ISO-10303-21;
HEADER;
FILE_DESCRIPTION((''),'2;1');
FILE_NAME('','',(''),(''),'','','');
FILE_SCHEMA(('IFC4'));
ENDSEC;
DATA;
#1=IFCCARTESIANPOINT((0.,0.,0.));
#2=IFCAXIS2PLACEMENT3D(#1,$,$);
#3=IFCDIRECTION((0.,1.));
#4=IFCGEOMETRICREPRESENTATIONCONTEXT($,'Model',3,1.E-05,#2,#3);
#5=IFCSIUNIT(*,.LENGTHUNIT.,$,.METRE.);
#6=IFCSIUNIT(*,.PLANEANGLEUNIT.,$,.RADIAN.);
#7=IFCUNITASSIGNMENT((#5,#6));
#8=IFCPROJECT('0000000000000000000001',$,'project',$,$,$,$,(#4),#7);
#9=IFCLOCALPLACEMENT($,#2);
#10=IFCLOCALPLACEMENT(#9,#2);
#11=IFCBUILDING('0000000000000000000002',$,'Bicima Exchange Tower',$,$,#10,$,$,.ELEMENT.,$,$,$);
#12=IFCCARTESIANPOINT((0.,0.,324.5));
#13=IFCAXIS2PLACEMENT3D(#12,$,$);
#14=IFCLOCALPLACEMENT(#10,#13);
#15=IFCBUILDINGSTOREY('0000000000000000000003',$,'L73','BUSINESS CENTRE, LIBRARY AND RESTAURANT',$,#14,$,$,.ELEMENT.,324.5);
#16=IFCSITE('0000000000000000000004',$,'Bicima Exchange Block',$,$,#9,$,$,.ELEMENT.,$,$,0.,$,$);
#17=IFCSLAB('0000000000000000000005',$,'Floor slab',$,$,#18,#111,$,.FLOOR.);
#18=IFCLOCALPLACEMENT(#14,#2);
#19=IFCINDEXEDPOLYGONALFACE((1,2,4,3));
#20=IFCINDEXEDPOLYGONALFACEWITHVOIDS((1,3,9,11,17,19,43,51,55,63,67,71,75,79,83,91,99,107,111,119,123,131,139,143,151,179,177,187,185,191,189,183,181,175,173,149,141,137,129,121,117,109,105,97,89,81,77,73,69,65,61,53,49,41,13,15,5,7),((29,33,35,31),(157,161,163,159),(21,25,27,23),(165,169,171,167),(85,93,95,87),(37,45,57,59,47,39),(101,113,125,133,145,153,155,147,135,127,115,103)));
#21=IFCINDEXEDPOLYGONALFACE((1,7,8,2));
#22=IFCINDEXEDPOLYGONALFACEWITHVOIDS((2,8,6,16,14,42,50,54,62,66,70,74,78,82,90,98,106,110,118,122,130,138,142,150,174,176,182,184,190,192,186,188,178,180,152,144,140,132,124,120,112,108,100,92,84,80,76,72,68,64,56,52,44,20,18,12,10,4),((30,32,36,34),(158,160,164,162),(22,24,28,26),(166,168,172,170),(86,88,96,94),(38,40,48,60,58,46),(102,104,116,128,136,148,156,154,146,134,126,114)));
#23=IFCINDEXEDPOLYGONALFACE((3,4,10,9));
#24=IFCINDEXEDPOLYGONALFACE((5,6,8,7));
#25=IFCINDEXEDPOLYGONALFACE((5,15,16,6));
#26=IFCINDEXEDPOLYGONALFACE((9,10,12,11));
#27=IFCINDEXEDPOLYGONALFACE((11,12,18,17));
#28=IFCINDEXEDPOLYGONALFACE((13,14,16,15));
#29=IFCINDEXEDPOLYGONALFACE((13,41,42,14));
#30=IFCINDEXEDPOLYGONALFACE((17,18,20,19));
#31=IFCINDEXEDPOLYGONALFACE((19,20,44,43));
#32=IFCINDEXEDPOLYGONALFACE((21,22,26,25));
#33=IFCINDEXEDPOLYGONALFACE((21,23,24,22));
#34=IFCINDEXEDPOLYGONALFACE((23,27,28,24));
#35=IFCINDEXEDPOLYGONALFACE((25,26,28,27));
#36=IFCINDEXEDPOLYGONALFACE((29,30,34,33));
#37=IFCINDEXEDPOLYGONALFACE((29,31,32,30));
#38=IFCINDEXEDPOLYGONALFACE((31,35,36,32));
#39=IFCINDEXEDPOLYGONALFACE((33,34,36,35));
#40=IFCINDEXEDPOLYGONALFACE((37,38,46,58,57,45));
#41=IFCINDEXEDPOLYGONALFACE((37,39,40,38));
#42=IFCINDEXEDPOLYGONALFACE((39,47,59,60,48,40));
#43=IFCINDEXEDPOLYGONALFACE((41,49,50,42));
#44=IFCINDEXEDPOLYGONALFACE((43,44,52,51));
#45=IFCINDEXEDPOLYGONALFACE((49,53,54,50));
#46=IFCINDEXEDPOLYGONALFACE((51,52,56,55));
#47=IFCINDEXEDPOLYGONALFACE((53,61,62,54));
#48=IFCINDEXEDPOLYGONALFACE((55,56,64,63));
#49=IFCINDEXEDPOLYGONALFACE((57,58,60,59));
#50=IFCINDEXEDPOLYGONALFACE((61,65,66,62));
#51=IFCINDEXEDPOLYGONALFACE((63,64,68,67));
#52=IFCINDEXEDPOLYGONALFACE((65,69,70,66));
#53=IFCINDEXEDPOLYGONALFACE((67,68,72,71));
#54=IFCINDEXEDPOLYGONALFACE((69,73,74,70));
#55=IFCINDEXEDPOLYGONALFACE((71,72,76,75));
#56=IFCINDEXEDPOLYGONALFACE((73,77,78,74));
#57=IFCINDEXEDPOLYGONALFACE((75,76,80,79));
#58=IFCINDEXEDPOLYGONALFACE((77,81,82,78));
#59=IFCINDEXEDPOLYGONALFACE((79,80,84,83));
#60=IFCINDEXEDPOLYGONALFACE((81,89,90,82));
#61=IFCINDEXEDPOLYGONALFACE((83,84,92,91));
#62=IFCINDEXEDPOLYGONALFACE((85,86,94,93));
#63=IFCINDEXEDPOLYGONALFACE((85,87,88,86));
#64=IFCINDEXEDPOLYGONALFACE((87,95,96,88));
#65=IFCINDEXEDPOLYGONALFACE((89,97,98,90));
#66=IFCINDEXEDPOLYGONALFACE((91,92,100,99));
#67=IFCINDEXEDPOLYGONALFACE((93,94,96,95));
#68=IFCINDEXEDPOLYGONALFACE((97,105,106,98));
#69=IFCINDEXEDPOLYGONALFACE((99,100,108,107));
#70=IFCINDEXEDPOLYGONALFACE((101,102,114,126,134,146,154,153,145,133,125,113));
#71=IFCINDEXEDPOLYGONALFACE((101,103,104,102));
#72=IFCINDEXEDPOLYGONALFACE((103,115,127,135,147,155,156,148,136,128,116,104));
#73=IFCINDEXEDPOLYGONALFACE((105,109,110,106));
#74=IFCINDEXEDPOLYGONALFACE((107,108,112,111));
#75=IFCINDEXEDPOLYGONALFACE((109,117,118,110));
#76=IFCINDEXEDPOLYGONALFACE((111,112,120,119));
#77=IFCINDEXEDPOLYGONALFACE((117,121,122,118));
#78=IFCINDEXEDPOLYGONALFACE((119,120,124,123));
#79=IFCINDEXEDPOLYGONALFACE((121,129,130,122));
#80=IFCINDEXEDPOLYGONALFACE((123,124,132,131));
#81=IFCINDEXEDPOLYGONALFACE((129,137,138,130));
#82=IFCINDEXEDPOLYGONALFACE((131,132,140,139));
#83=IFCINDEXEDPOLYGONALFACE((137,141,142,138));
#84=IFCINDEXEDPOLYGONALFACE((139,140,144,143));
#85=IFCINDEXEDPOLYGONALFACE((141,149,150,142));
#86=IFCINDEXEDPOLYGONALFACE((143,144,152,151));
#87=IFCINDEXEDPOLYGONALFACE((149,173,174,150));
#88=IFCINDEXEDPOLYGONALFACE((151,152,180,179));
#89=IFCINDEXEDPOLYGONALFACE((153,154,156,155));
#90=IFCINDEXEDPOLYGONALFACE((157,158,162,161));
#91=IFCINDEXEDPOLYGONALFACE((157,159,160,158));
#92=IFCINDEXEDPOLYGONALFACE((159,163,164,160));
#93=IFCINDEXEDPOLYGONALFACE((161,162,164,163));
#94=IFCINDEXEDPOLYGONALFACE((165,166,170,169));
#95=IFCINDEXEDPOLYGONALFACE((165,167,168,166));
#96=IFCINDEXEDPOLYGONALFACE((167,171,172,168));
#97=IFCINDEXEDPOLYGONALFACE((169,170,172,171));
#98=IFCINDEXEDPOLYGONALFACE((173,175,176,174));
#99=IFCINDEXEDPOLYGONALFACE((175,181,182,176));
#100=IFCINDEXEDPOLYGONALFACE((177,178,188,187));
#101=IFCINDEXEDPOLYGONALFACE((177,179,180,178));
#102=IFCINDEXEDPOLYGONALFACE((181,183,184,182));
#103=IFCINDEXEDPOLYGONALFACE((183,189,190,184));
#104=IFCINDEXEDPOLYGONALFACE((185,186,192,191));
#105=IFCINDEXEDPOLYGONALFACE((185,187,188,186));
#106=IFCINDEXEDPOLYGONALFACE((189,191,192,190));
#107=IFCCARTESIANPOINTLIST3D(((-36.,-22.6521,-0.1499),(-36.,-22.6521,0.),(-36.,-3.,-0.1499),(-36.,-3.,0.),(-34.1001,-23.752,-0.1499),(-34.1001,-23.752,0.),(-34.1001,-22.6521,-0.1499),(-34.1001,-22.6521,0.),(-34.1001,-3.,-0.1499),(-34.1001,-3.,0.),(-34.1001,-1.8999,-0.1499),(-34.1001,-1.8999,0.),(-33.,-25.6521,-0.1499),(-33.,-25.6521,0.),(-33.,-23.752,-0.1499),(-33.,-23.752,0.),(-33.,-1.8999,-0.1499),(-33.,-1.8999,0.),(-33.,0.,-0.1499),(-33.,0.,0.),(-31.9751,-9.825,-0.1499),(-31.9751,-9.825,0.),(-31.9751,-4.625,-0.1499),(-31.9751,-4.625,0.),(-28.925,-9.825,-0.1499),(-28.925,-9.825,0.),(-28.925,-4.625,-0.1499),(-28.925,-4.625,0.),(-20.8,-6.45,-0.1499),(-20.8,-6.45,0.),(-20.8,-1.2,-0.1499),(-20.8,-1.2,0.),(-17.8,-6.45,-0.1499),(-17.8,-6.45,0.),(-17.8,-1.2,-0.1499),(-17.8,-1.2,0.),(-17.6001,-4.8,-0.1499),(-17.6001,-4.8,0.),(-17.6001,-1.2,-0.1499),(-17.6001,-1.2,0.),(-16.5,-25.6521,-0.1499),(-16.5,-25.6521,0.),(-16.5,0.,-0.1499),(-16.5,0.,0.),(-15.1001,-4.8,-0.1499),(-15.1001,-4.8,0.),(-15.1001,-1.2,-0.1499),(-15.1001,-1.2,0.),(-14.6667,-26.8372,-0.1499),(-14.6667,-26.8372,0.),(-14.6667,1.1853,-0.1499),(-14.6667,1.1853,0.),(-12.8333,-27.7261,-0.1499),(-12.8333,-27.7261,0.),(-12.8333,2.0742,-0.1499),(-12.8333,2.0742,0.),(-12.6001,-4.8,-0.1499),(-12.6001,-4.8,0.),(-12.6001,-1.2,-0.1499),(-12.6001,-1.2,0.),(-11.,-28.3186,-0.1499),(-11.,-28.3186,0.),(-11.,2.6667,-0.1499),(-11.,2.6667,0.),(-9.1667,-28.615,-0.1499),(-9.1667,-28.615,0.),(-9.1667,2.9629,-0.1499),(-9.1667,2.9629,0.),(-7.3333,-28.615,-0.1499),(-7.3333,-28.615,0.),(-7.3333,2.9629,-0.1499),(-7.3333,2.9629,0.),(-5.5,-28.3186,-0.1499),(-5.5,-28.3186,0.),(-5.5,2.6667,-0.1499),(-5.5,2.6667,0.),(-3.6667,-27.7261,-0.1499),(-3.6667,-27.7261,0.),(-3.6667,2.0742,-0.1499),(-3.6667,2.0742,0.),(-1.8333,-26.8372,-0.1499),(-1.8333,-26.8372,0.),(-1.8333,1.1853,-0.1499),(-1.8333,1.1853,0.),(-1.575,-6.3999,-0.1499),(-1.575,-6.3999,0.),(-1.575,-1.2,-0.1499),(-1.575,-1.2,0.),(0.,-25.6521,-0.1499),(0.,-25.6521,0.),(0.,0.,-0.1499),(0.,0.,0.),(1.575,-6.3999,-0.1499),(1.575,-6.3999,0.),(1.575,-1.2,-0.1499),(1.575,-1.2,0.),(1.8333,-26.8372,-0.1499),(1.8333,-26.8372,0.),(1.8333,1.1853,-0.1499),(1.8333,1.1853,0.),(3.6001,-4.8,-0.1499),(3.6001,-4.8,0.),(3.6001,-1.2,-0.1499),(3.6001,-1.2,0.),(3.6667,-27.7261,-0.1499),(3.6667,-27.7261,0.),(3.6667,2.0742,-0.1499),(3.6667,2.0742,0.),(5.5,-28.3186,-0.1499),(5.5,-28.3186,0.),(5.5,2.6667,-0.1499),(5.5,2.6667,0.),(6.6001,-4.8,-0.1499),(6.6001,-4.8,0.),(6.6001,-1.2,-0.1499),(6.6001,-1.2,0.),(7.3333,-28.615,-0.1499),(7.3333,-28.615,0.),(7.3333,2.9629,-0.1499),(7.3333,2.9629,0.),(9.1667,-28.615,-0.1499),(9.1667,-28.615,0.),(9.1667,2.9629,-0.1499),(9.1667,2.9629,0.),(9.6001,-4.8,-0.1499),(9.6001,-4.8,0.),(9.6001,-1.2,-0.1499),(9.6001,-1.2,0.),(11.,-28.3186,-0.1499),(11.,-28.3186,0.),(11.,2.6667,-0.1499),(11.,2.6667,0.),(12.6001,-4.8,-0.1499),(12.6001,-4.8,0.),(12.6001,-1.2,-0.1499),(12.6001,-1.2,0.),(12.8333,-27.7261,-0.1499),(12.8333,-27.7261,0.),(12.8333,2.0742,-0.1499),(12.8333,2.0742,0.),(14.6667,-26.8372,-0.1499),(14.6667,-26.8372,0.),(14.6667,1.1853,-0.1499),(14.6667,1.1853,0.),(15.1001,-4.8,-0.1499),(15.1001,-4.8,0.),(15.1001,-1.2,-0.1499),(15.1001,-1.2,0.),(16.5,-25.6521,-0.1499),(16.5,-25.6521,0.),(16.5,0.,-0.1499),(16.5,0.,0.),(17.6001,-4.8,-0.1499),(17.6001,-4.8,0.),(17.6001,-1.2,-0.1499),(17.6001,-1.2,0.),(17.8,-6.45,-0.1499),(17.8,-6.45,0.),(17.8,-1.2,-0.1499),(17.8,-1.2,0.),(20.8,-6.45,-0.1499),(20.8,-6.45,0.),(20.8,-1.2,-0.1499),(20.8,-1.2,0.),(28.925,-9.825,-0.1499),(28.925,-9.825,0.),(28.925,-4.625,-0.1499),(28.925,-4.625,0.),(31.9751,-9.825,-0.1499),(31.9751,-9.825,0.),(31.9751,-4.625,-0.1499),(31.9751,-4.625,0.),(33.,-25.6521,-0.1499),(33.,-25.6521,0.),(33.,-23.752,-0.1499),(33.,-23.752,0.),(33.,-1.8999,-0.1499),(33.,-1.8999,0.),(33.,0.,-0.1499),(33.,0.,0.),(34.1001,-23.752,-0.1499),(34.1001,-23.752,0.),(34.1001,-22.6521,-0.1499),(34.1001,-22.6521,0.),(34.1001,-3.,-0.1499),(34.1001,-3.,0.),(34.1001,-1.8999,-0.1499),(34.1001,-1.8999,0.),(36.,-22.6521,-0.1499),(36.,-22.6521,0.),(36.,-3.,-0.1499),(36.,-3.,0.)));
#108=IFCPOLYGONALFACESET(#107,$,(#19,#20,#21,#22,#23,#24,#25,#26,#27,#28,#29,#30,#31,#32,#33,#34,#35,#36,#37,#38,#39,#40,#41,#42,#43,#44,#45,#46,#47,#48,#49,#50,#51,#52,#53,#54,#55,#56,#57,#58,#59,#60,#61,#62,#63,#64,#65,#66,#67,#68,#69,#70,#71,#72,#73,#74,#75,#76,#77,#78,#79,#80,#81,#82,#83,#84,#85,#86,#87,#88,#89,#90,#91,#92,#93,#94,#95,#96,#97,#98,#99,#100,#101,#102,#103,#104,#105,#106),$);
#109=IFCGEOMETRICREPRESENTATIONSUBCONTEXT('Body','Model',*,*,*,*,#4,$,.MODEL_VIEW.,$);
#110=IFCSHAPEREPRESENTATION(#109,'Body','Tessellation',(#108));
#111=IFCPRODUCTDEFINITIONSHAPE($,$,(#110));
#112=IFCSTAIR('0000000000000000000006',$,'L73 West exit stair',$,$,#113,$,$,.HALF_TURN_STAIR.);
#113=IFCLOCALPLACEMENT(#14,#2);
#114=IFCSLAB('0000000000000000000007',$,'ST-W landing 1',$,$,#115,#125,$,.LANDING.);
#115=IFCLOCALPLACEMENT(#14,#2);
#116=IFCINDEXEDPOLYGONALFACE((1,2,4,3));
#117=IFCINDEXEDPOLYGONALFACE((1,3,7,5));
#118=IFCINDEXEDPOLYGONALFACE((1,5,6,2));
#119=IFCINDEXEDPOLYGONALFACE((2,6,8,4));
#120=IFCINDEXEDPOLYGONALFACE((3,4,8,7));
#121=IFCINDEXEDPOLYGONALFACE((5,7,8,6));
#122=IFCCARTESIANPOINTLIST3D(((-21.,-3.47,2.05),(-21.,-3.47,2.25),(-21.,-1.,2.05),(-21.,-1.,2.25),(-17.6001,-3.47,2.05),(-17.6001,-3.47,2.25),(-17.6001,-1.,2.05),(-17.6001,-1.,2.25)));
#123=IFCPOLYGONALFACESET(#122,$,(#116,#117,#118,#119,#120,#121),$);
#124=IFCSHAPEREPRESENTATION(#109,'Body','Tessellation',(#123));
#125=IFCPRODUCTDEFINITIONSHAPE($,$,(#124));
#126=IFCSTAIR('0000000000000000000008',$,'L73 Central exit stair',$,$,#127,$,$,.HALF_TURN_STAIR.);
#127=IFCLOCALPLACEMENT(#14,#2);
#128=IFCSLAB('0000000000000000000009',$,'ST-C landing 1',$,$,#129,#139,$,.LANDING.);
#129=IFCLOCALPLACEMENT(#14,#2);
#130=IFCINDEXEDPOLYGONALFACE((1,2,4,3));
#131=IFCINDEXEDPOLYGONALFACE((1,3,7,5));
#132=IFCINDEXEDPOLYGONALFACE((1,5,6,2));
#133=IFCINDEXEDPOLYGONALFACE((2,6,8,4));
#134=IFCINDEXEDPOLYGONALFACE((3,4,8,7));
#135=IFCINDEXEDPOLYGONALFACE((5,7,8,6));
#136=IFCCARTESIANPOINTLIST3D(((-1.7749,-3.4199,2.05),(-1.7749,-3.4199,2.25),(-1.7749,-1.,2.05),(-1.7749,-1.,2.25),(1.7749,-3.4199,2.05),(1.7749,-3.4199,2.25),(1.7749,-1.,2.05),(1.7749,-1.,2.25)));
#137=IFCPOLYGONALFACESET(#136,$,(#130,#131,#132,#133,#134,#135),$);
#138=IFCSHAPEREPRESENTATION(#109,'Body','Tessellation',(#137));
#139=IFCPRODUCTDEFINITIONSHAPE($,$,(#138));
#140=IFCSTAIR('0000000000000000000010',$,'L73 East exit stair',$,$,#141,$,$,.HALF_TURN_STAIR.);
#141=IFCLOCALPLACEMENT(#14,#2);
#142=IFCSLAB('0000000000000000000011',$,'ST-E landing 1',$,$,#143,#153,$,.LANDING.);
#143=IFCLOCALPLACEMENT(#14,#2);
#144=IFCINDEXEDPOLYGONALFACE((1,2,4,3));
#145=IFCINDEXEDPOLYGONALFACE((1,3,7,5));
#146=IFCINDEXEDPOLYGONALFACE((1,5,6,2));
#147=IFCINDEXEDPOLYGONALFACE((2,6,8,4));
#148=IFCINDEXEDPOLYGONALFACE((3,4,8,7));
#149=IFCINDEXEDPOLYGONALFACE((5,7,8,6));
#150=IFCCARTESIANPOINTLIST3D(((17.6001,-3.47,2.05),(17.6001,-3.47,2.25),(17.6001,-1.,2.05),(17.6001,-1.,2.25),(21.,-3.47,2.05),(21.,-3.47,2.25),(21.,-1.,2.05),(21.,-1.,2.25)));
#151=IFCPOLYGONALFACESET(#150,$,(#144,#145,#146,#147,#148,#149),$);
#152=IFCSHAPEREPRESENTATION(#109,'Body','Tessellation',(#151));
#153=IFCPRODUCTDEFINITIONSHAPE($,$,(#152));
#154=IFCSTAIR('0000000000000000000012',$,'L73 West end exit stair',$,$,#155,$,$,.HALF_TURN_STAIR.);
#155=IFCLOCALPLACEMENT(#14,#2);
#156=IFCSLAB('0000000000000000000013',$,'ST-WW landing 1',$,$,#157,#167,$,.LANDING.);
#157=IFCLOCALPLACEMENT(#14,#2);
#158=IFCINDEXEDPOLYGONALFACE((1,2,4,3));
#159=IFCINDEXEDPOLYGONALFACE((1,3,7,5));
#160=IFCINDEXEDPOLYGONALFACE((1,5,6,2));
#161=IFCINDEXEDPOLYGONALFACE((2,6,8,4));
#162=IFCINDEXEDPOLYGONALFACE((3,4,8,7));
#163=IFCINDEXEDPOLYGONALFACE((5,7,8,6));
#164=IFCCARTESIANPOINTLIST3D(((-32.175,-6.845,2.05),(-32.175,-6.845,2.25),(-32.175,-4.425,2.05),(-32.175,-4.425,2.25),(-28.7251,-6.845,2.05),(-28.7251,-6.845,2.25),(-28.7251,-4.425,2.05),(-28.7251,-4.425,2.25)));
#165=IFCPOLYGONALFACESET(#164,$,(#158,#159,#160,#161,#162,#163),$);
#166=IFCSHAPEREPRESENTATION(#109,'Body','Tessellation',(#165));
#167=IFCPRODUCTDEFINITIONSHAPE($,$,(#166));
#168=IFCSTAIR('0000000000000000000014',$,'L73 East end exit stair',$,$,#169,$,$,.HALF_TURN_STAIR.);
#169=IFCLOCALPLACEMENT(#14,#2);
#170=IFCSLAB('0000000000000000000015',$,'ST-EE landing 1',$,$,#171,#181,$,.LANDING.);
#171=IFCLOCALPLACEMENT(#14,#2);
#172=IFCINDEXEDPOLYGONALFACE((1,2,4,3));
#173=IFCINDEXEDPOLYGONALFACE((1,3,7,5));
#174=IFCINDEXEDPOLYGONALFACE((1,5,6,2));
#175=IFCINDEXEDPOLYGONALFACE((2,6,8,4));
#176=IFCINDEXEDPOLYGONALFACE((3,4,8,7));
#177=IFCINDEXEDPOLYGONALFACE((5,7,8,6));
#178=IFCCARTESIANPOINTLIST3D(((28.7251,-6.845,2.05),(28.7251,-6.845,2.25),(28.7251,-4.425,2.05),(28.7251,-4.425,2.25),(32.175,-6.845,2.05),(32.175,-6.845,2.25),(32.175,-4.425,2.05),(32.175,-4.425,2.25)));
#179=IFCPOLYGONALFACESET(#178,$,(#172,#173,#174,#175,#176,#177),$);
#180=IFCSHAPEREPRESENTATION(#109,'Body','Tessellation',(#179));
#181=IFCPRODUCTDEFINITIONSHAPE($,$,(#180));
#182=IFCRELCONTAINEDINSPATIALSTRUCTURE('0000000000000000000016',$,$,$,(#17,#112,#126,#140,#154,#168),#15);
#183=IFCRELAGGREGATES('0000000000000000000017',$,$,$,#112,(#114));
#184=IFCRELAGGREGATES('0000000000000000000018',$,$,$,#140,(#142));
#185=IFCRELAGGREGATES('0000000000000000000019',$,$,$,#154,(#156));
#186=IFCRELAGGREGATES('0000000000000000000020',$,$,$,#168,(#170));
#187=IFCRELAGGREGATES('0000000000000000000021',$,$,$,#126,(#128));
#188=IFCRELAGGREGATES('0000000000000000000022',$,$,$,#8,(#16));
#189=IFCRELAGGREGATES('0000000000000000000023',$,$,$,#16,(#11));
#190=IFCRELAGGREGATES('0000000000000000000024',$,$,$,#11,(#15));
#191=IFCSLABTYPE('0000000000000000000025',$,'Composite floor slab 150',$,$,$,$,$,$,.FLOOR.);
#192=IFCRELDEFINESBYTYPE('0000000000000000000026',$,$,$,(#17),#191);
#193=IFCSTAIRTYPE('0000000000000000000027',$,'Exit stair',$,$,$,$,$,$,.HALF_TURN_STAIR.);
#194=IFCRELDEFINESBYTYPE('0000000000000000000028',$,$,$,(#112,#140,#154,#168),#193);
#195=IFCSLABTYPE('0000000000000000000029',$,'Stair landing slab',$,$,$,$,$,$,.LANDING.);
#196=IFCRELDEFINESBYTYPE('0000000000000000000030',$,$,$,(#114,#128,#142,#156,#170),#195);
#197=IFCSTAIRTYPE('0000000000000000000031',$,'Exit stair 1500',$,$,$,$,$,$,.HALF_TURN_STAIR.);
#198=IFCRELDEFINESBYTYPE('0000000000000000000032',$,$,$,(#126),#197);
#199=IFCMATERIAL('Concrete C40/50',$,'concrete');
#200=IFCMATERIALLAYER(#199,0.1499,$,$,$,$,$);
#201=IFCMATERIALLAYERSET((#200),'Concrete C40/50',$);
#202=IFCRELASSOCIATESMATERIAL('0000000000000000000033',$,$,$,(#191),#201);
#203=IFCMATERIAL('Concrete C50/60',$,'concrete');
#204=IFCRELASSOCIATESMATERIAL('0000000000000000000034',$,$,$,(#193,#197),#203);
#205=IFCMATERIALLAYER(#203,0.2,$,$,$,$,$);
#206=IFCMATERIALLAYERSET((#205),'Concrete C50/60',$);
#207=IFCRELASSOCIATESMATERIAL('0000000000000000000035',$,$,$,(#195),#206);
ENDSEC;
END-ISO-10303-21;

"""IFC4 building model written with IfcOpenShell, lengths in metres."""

from ifc_helpers import new_model, si_unit, direction, frame, origin, place, context, subcontext, project, spatial, polyline, outline, extrude, material, layer, layer_set, type_object, element, aggregate, save


model = new_model("IFC4")

# Units and contexts
model_context = context("Model", 3, precision=1e-05, world=origin(), true_north=direction((0.0, 1.0)))
body_context = subcontext(model_context, "Body", "Model", "MODEL_VIEW")
ifc_project = project(units=[si_unit("LENGTHUNIT", "METRE"), si_unit("PLANEANGLEUNIT", "RADIAN")], contexts=[model_context])

# Site, building, storey
site_placement = place(None, origin())
site = spatial("IfcSite", under=ifc_project, at=site_placement, Name="Bicima Exchange Block", CompositionType="ELEMENT", RefElevation=0.0)
building_placement = place(site_placement, origin())
building = spatial("IfcBuilding", under=site, at=building_placement, Name="Bicima Exchange Tower", CompositionType="ELEMENT")
storey_placement = place(building_placement, frame((0.0, 0.0, 324.5)))
storey = spatial("IfcBuildingStorey", under=building, at=storey_placement, Name="L73", Description="BUSINESS CENTRE, LIBRARY AND RESTAURANT", CompositionType="ELEMENT", Elevation=324.5)

# Slab
ifc_material_1 = material(Name="Concrete C40/50", Category="concrete")
ifc_layer_1 = layer(ifc_material_1, 0.1499)
ifc_layer_set_1 = layer_set([ifc_layer_1], Name="Concrete C40/50")
slab_type_1 = type_object("IfcSlabType", Name="Composite floor slab 150", PredefinedType="FLOOR", material=ifc_layer_set_1)
slab_1_placement = place(storey_placement, frame((0.0, 0.0, -0.1499)))
element("IfcSlab", 1, at=slab_1_placement, inside=storey, type_object=slab_type_1, Name="Floor slab", PredefinedType="FLOOR", context=body_context, shape_type="SweptSolid", body=[
    extrude(outline(polyline([(-36.0, -22.6521), (-36.0, -3.0), (-34.1001, -3.0), (-34.1001, -1.8999), (-33.0, -1.8999), (-33.0, 0.0), (-16.5, 0.0), (-14.6667, 1.1853), (-12.8333, 2.0742), (-11.0, 2.6667), (-9.1667, 2.9629), (-7.3333, 2.9629), (-5.5, 2.6667), (-3.6667, 2.0742), (-1.8333, 1.1853), (0.0, 0.0), (1.8333, 1.1853), (3.6667, 2.0742), (5.5, 2.6667), (7.3333, 2.9629), (9.1667, 2.9629), (11.0, 2.6667), (12.8333, 2.0742), (14.6667, 1.1853), (16.5, 0.0), (33.0, 0.0), (33.0, -1.8999), (34.1001, -1.8999), (34.1001, -3.0), (36.0, -3.0), (36.0, -22.6521), (34.1001, -22.6521), (34.1001, -23.752), (33.0, -23.752), (33.0, -25.6521), (16.5, -25.6521), (14.6667, -26.8372), (12.8333, -27.7261), (11.0, -28.3186), (9.1667, -28.615), (7.3333, -28.615), (5.5, -28.3186), (3.6667, -27.7261), (1.8333, -26.8372), (0.0, -25.6521), (-1.8333, -26.8372), (-3.6667, -27.7261), (-5.5, -28.3186), (-7.3333, -28.615), (-9.1667, -28.615), (-11.0, -28.3186), (-12.8333, -27.7261), (-14.6667, -26.8372), (-16.5, -25.6521), (-33.0, -25.6521), (-33.0, -23.752), (-34.1001, -23.752), (-34.1001, -22.6521), (-36.0, -22.6521)]), holes=[polyline([(-28.925, -9.825), (-28.925, -4.625), (-31.9751, -4.625), (-31.9751, -9.825), (-28.925, -9.825)]), polyline([(-20.8, -6.45), (-17.8, -6.45), (-17.8, -1.2), (-20.8, -1.2), (-20.8, -6.45)]), polyline([(-1.575, -6.3999), (1.575, -6.3999), (1.575, -1.2), (-1.575, -1.2), (-1.575, -6.3999)]), polyline([(-12.6001, -1.2), (-15.1001, -1.2), (-17.6001, -1.2), (-17.6001, -4.8), (-15.1001, -4.8), (-12.6001, -4.8), (-12.6001, -1.2)]), polyline([(3.6001, -4.8), (6.6001, -4.8), (9.6001, -4.8), (12.6001, -4.8), (15.1001, -4.8), (17.6001, -4.8), (17.6001, -1.2), (15.1001, -1.2), (12.6001, -1.2), (9.6001, -1.2), (6.6001, -1.2), (3.6001, -1.2), (3.6001, -4.8)]), polyline([(31.9751, -9.825), (31.9751, -4.625), (28.925, -4.625), (28.925, -9.825), (31.9751, -9.825)]), polyline([(17.8, -6.45), (20.8, -6.45), (20.8, -1.2), (17.8, -1.2), (17.8, -6.45)])]), origin(), (0.0, 0.0, 1.0), 0.1499),
])

# Stairs, slabs
ifc_material_2 = material(Name="Concrete C50/60", Category="concrete")
stair_type_1 = type_object("IfcStairType", Name="Exit stair", PredefinedType="HALF_TURN_STAIR", material=ifc_material_2)
stair_1_placement = place(storey_placement, origin())
stair_1 = element("IfcStair", 2, at=stair_1_placement, inside=storey, type_object=stair_type_1, Name="L73 West exit stair", PredefinedType="HALF_TURN_STAIR")
ifc_layer_2 = layer(ifc_material_2, 0.2)
ifc_layer_set_2 = layer_set([ifc_layer_2], Name="Concrete C50/60")
slab_type_2 = type_object("IfcSlabType", Name="Stair landing slab", PredefinedType="LANDING", material=ifc_layer_set_2)
slab_2_placement = place(storey_placement, frame((0.0, 0.0, 2.05)))
slab_2 = element("IfcSlab", 3, at=slab_2_placement, type_object=slab_type_2, Name="ST-W landing 1", PredefinedType="LANDING", context=body_context, shape_type="SweptSolid", body=[
    extrude(outline(polyline([(-17.6001, -3.47), (-17.6001, -1.0), (-21.0, -1.0), (-21.0, -3.47), (-17.6001, -3.47)])), origin(), (0.0, 0.0, 1.0), 0.2),
])
aggregate(stair_1, [slab_2])
stair_type_2 = type_object("IfcStairType", Name="Exit stair 1500", PredefinedType="HALF_TURN_STAIR", material=ifc_material_2)
stair_2_placement = place(storey_placement, origin())
stair_2 = element("IfcStair", 4, at=stair_2_placement, inside=storey, type_object=stair_type_2, Name="L73 Central exit stair", PredefinedType="HALF_TURN_STAIR")
slab_3_placement = place(storey_placement, frame((0.0, 0.0, 2.05)))
slab_3 = element("IfcSlab", 5, at=slab_3_placement, type_object=slab_type_2, Name="ST-C landing 1", PredefinedType="LANDING", context=body_context, shape_type="SweptSolid", body=[
    extrude(outline(polyline([(1.7749, -3.4199), (1.7749, -1.0), (-1.7749, -1.0), (-1.7749, -3.4199), (1.7749, -3.4199)])), origin(), (0.0, 0.0, 1.0), 0.2),
])
stair_3_placement = place(storey_placement, origin())
stair_3 = element("IfcStair", 6, at=stair_3_placement, inside=storey, type_object=stair_type_1, Name="L73 East exit stair", PredefinedType="HALF_TURN_STAIR")
slab_4_placement = place(storey_placement, frame((0.0, 0.0, 2.05)))
slab_4 = element("IfcSlab", 7, at=slab_4_placement, type_object=slab_type_2, Name="ST-E landing 1", PredefinedType="LANDING", context=body_context, shape_type="SweptSolid", body=[
    extrude(outline(polyline([(21.0, -3.47), (21.0, -1.0), (17.6001, -1.0), (17.6001, -3.47), (21.0, -3.47)])), origin(), (0.0, 0.0, 1.0), 0.2),
])
aggregate(stair_3, [slab_4])
stair_4_placement = place(storey_placement, origin())
stair_4 = element("IfcStair", 8, at=stair_4_placement, inside=storey, type_object=stair_type_1, Name="L73 West end exit stair", PredefinedType="HALF_TURN_STAIR")
slab_5_placement = place(storey_placement, frame((0.0, 0.0, 2.05)))
slab_5 = element("IfcSlab", 9, at=slab_5_placement, type_object=slab_type_2, Name="ST-WW landing 1", PredefinedType="LANDING", context=body_context, shape_type="SweptSolid", body=[
    extrude(outline(polyline([(-28.7251, -6.845), (-28.7251, -4.425), (-32.175, -4.425), (-32.175, -6.845), (-28.7251, -6.845)])), origin(), (0.0, 0.0, 1.0), 0.2),
])
aggregate(stair_4, [slab_5])
stair_5_placement = place(storey_placement, origin())
stair_5 = element("IfcStair", 10, at=stair_5_placement, inside=storey, type_object=stair_type_1, Name="L73 East end exit stair", PredefinedType="HALF_TURN_STAIR")
slab_6_placement = place(storey_placement, frame((0.0, 0.0, 2.05)))
slab_6 = element("IfcSlab", 11, at=slab_6_placement, type_object=slab_type_2, Name="ST-EE landing 1", PredefinedType="LANDING", context=body_context, shape_type="SweptSolid", body=[
    extrude(outline(polyline([(32.175, -6.845), (32.175, -4.425), (28.7251, -4.425), (28.7251, -6.845), (32.175, -6.845)])), origin(), (0.0, 0.0, 1.0), 0.2),
])
aggregate(stair_5, [slab_6])

aggregate(stair_2, [slab_3])

save(model, "model.ifc")
